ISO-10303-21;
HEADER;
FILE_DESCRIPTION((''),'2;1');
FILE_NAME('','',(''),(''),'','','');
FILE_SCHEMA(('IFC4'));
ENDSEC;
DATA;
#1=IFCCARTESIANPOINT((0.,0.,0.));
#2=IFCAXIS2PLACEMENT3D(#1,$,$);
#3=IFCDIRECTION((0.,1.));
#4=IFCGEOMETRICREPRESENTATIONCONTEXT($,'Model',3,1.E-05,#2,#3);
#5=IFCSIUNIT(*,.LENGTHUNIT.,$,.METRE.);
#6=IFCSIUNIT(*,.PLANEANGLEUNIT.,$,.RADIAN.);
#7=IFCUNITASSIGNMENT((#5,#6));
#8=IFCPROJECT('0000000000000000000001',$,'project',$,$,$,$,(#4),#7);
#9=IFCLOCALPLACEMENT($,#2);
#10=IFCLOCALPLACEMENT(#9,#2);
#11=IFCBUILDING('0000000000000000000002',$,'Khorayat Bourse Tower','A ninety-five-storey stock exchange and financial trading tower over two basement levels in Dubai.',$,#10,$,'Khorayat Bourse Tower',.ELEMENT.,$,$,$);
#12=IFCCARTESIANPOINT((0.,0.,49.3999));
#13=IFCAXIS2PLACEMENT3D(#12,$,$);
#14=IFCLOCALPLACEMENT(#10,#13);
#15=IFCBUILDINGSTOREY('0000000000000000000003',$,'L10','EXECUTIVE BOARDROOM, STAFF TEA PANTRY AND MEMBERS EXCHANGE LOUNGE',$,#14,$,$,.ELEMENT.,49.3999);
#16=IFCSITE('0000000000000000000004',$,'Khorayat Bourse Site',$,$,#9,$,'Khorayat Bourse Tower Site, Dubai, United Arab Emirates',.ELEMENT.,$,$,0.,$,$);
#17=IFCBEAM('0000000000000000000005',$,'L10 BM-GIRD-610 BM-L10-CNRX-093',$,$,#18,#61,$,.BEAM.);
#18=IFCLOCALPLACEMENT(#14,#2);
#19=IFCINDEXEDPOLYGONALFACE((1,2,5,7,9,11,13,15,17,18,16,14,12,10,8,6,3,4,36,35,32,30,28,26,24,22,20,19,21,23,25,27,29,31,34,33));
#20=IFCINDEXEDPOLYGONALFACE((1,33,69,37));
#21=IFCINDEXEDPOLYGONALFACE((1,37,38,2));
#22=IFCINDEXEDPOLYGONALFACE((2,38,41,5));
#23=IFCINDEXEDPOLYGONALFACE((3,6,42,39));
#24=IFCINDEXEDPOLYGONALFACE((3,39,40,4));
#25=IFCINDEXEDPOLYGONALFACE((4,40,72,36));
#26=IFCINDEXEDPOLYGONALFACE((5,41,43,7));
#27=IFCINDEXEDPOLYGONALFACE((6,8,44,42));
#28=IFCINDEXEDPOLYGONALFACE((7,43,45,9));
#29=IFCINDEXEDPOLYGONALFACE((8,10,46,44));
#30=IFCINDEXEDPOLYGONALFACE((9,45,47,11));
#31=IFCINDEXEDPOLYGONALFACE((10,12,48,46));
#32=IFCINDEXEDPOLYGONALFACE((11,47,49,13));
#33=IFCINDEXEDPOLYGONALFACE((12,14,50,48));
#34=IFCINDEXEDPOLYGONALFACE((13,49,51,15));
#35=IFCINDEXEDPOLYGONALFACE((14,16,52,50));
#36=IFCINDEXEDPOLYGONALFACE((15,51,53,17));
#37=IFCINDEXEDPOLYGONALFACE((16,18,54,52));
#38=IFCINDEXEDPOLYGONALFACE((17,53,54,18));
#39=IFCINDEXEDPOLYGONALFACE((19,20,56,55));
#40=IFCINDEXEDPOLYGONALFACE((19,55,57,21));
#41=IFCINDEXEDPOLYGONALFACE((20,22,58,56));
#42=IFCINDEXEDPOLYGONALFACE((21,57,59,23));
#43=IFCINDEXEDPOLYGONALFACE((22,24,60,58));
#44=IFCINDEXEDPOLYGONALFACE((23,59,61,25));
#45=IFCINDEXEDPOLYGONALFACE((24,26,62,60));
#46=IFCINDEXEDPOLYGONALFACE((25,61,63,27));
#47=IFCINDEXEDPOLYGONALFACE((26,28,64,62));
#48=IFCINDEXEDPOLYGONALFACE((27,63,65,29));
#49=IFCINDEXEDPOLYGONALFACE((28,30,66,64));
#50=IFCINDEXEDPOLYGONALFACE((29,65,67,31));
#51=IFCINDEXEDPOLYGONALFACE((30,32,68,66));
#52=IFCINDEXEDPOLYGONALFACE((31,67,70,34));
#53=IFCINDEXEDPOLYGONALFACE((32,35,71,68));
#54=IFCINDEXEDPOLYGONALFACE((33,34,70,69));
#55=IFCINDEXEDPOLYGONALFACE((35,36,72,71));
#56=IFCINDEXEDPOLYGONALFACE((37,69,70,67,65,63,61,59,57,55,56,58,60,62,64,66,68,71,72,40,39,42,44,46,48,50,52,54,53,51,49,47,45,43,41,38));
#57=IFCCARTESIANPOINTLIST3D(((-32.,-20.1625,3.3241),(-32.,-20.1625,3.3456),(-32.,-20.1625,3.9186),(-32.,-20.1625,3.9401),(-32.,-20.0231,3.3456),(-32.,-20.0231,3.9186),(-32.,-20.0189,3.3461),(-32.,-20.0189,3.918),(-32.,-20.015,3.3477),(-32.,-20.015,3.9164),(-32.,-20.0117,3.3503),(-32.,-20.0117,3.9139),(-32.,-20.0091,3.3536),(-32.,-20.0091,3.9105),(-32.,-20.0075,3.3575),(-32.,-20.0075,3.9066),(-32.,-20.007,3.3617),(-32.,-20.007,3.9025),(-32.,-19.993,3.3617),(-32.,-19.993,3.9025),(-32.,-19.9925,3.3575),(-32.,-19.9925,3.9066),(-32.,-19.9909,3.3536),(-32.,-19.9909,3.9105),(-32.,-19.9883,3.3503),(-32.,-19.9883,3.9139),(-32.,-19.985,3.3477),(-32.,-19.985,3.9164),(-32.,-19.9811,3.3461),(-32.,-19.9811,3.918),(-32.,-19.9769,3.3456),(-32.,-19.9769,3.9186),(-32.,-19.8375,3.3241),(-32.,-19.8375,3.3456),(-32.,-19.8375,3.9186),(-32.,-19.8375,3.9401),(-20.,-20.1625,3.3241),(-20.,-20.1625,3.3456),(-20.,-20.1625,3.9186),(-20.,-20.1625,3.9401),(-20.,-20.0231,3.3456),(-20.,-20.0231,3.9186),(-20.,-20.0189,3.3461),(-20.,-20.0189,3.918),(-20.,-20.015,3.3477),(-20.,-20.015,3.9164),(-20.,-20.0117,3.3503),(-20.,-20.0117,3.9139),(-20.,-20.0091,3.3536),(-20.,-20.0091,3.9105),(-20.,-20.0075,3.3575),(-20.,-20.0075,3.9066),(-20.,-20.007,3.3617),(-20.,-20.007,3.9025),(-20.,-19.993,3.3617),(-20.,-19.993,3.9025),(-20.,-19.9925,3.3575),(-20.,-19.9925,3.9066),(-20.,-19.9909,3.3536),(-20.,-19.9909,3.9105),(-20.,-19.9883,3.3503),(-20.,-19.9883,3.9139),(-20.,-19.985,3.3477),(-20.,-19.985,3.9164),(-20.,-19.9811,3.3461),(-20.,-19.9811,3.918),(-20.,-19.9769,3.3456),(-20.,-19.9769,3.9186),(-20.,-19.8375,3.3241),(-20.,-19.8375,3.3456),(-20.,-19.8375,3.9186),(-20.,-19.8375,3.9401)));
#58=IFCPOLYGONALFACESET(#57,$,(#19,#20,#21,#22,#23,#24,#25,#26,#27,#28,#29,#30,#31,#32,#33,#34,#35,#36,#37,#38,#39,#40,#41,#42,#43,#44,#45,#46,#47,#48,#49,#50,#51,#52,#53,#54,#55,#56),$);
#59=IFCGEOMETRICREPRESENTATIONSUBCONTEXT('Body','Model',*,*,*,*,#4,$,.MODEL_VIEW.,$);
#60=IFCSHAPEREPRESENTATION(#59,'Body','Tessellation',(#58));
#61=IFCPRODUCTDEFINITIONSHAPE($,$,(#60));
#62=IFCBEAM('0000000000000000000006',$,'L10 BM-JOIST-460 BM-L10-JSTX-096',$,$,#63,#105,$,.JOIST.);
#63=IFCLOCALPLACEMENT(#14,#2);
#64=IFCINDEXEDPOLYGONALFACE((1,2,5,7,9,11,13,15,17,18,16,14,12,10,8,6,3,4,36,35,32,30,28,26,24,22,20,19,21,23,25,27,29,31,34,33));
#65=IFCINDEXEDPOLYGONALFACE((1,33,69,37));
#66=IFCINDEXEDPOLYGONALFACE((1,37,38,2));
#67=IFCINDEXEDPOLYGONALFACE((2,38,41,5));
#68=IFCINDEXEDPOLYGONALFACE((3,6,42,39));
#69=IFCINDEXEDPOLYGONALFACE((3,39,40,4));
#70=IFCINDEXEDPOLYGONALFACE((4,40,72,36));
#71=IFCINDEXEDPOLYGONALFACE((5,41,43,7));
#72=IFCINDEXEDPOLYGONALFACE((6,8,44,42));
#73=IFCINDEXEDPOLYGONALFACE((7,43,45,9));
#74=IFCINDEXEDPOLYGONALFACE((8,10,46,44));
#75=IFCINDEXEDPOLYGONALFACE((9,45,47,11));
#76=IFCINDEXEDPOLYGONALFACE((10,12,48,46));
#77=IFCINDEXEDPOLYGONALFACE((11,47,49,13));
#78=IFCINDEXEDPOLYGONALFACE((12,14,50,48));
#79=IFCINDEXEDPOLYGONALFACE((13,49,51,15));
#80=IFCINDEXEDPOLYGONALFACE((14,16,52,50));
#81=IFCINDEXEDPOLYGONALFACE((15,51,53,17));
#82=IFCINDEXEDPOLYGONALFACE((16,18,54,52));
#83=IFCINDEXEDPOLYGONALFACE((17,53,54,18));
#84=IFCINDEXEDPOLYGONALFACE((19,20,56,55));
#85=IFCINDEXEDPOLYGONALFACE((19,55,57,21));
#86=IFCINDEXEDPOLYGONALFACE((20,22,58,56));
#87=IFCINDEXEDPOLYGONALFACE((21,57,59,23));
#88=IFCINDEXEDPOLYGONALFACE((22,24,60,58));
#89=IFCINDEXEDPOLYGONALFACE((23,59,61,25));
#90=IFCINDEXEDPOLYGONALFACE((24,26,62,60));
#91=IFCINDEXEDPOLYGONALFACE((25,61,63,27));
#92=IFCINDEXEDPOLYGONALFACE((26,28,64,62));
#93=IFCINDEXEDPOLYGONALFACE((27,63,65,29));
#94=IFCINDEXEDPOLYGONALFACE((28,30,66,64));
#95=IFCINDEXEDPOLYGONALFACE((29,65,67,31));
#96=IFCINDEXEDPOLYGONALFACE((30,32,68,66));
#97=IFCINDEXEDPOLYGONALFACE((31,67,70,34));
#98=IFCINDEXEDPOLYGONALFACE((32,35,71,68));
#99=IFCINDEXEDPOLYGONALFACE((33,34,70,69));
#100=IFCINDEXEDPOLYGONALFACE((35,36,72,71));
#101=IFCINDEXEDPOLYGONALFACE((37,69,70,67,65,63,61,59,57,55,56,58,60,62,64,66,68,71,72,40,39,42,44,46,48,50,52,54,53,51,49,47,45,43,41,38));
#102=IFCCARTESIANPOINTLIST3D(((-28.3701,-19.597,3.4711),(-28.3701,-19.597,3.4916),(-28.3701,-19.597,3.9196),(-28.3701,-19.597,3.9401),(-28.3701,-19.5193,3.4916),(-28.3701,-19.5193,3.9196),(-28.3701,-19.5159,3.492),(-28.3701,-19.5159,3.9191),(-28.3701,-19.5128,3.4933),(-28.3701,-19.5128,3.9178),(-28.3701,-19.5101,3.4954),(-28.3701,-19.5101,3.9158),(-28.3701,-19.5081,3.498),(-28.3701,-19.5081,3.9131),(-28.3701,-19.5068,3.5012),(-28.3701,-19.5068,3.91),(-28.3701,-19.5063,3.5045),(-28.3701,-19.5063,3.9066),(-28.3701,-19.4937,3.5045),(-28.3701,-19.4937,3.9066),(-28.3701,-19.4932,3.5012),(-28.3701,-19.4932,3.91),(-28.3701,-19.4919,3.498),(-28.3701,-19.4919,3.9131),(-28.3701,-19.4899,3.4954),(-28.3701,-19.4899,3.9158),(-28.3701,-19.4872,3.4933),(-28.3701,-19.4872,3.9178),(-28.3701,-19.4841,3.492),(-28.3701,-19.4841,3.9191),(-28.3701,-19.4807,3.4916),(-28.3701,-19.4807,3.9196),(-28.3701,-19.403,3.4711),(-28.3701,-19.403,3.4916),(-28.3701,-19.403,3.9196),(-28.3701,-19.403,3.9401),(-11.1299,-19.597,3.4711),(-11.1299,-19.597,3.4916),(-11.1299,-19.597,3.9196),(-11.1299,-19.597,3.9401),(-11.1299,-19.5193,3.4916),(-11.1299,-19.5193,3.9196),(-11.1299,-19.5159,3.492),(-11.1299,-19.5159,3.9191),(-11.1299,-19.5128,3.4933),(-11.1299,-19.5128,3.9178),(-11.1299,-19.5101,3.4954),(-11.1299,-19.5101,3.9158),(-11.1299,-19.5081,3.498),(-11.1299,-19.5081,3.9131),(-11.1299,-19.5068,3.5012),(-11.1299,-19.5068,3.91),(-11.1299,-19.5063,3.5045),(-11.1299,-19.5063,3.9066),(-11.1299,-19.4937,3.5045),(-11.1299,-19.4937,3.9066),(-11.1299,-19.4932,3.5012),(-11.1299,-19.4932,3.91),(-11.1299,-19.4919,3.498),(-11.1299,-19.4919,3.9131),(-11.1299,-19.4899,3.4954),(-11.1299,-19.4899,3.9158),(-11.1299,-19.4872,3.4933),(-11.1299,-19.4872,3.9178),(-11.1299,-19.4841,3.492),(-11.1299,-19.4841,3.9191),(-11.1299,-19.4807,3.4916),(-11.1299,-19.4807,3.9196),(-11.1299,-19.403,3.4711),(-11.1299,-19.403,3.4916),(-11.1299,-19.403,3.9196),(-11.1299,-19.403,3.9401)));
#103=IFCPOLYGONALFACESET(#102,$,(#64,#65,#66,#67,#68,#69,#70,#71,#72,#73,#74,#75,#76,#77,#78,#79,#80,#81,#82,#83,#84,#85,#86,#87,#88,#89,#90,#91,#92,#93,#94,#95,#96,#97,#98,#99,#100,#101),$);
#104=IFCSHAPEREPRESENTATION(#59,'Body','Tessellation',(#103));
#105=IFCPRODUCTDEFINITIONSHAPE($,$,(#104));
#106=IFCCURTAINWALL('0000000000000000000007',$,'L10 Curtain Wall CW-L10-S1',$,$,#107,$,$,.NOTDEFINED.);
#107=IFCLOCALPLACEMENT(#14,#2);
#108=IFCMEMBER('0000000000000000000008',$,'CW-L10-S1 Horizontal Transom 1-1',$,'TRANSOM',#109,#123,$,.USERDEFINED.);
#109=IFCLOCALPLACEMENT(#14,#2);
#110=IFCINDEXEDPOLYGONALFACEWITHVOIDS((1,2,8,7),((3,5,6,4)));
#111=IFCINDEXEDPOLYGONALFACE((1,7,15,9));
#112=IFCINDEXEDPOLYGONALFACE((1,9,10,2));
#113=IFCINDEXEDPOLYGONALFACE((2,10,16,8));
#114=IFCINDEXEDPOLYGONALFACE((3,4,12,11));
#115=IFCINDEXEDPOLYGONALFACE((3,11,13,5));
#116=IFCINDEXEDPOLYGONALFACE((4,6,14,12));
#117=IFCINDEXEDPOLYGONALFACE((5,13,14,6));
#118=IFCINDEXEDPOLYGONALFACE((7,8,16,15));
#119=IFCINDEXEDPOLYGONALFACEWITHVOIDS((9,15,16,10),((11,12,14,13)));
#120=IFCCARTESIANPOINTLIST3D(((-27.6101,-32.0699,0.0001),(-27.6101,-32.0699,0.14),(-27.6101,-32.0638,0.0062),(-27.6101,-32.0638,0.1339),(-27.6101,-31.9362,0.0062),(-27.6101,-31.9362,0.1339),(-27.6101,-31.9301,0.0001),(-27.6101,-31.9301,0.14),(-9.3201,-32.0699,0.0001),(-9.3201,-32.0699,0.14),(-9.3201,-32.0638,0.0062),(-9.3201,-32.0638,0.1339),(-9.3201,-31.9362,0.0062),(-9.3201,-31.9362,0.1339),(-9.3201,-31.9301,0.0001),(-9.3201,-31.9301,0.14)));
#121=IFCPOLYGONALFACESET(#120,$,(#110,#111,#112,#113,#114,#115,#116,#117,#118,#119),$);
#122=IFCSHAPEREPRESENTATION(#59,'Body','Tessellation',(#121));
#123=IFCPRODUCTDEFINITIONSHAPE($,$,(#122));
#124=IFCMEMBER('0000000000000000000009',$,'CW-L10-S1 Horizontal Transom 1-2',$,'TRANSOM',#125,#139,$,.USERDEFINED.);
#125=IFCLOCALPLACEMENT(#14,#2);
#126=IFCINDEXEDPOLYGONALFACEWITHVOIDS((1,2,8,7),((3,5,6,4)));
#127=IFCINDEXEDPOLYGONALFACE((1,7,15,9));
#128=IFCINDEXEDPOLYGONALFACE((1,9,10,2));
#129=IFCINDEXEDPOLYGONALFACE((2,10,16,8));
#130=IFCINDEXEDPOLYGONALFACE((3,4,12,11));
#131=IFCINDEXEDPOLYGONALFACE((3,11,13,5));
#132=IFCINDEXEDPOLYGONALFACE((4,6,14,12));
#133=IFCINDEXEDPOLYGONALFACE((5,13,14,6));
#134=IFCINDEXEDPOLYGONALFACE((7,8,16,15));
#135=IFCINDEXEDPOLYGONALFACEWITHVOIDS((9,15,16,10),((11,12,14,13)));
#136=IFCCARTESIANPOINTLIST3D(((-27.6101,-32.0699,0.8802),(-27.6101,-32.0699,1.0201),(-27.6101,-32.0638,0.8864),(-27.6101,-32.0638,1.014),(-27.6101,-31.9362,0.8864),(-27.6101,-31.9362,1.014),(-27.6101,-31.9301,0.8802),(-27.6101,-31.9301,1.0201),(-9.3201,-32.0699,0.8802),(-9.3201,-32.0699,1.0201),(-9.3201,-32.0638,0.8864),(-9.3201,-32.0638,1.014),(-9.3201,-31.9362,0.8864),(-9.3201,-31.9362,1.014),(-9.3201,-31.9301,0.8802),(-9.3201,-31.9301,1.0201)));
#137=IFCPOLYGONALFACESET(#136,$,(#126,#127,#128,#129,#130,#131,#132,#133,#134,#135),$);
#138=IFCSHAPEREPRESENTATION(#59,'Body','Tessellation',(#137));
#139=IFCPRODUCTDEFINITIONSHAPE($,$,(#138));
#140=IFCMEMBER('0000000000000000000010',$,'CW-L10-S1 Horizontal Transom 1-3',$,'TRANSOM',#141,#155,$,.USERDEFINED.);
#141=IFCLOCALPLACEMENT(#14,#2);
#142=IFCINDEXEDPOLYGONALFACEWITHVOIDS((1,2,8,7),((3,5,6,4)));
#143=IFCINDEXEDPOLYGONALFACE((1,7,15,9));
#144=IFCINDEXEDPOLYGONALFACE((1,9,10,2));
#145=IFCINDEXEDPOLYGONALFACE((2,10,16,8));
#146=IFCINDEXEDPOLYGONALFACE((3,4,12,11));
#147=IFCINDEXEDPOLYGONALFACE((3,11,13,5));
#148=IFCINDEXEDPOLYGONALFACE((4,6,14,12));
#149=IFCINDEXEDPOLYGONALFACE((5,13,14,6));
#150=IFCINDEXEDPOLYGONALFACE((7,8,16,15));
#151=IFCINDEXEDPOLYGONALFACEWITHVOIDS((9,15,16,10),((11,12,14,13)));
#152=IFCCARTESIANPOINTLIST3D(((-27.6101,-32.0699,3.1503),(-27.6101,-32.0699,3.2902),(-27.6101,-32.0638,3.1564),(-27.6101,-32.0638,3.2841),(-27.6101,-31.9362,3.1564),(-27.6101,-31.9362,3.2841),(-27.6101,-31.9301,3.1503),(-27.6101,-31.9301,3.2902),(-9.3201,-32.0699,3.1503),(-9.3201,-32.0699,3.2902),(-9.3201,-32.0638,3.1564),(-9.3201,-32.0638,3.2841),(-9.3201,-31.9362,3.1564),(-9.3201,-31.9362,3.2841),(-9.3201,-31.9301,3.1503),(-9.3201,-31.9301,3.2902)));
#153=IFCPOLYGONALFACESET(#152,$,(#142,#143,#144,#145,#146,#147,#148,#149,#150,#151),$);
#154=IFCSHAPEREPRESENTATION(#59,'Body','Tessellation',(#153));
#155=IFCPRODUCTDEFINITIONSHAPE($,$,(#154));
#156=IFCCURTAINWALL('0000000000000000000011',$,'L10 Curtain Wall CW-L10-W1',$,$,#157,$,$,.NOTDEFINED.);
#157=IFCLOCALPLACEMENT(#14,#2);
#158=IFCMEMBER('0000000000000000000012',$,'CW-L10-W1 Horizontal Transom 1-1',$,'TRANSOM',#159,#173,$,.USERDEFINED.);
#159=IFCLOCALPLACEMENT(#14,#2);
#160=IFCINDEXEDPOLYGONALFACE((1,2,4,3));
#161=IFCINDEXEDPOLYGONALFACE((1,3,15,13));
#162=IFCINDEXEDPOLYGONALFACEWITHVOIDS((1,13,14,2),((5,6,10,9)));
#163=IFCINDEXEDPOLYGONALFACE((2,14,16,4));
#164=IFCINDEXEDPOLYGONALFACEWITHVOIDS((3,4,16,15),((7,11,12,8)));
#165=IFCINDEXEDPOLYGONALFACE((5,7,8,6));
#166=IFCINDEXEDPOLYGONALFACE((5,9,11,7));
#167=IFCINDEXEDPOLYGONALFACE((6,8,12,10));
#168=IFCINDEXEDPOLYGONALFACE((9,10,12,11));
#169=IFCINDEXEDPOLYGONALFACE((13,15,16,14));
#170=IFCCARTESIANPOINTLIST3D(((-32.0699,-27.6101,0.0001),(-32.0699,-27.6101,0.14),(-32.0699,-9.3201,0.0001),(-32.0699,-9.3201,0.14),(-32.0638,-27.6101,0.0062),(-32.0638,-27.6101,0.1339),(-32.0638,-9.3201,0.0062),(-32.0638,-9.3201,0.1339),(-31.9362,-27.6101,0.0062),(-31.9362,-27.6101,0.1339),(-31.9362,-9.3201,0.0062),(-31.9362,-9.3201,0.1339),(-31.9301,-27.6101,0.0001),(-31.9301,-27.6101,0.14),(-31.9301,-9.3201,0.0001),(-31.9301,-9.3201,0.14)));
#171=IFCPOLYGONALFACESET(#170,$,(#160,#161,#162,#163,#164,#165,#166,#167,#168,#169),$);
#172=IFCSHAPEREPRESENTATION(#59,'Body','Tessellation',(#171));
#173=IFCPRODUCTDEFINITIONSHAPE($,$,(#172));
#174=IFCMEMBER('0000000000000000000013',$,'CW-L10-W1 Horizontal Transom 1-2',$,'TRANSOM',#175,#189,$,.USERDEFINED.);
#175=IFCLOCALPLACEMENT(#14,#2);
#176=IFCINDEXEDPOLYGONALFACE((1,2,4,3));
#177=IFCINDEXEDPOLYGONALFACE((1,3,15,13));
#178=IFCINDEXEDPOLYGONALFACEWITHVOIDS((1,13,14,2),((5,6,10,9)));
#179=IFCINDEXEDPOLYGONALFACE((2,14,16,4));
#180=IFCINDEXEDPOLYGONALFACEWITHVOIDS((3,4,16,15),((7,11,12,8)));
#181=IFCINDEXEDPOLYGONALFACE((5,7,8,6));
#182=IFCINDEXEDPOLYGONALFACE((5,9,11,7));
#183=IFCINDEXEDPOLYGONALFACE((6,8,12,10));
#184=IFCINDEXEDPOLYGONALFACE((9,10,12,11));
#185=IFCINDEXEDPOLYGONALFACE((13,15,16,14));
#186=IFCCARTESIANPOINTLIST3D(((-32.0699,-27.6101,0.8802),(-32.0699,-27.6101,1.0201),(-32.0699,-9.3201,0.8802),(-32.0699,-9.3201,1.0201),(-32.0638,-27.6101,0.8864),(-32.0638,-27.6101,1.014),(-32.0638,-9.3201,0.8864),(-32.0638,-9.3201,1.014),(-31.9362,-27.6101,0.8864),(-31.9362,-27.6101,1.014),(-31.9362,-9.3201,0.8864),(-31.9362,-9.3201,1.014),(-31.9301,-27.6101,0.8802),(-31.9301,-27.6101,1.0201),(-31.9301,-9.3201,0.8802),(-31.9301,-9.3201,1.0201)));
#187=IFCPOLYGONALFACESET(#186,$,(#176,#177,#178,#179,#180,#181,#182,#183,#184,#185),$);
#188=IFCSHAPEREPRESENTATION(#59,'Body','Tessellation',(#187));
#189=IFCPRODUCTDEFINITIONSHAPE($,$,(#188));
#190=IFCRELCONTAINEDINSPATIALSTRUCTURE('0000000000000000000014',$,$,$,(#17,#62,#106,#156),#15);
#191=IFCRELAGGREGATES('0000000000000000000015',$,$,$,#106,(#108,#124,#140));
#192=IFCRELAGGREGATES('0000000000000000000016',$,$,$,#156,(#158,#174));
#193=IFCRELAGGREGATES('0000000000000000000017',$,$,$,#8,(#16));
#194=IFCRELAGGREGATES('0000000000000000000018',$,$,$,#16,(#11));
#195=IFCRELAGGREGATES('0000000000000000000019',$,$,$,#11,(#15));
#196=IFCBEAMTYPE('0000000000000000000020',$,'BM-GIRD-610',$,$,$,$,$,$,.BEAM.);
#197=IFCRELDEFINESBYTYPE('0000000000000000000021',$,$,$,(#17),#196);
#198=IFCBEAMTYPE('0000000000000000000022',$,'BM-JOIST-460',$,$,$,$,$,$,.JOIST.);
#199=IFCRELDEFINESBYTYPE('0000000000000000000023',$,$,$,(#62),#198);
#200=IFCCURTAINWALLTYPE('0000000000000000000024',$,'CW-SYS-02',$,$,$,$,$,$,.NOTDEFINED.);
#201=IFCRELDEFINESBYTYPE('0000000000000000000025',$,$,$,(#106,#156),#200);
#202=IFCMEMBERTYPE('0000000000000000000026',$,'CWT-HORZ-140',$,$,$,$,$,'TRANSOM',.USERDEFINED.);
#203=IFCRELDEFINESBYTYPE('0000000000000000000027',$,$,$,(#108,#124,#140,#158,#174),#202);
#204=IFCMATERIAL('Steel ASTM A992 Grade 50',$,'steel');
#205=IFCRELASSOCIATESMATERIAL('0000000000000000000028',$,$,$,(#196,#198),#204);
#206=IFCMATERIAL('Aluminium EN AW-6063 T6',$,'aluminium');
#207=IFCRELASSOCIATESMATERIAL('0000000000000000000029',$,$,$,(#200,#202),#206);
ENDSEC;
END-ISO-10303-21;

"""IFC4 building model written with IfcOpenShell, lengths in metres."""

from ifc_helpers import new_model, si_unit, direction, frame, origin, origin_2d, place, context, subcontext, project, spatial, hollow_rectangle, i_section, extrude, source, transform, mapped, material, material_profile, profile_set, type_object, element, aggregate, save


model = new_model("IFC4")

# Units and contexts
model_context = context("Model", 3, precision=1e-05, world=origin(), true_north=direction((0.0, 1.0)))
body_context = subcontext(model_context, "Body", "Model", "MODEL_VIEW")
ifc_project = project(units=[si_unit("LENGTHUNIT", "METRE"), si_unit("PLANEANGLEUNIT", "RADIAN")], contexts=[model_context])

# Site, building, storey
site_placement = place(None, origin())
site = spatial("IfcSite", under=ifc_project, at=site_placement, Name="Khorayat Bourse Site", LongName="Khorayat Bourse Tower Site, Dubai, United Arab Emirates", CompositionType="ELEMENT", RefElevation=0.0)
building_placement = place(site_placement, origin())
building = spatial("IfcBuilding", under=site, at=building_placement, Name="Khorayat Bourse Tower", Description="A ninety-five-storey stock exchange and financial trading tower over two basement levels in Dubai.", LongName="Khorayat Bourse Tower", CompositionType="ELEMENT")
storey_placement = place(building_placement, frame((0.0, 0.0, 49.3999)))
storey = spatial("IfcBuildingStorey", under=building, at=storey_placement, Name="L10", Description="EXECUTIVE BOARDROOM, STAFF TEA PANTRY AND MEMBERS EXCHANGE LOUNGE", CompositionType="ELEMENT", Elevation=49.3999)

# Beams
ifc_material_1 = material(Name="Steel ASTM A992 Grade 50", Category="steel")
ifc_material_profile_1 = material_profile(ifc_material_1, i_section(OverallWidth=0.325, OverallDepth=0.616, WebThickness=0.0139, FlangeThickness=0.0215, FilletRadius=0.0161, at=origin_2d()), Name="W610X174")
ifc_profile_set_1 = profile_set([ifc_material_profile_1], Name="Steel ASTM A992 Grade 50")
beam_type_1 = type_object("IfcBeamType", Name="BM-GIRD-610", PredefinedType="BEAM", material=ifc_profile_set_1)
shared_shape_1 = source(origin(), body_context, "Body", "SweptSolid", [
    extrude(i_section(OverallWidth=0.325, OverallDepth=0.616, WebThickness=0.0139, FlangeThickness=0.0215, FilletRadius=0.0161, at=origin_2d()), origin(), (0.0, 0.0, 1.0), 12.0),
])
beam_1_placement = place(storey_placement, frame((-32.0, -20.0, 3.6321), z_axis=(1.0, 0.0, 0.0), x_axis=(0.0, 1.0, 0.0)))
element("IfcBeam", 1, at=beam_1_placement, inside=storey, type_object=beam_type_1, Name="L10 BM-GIRD-610 BM-L10-CNRX-093", PredefinedType="BEAM", context=body_context, shape_type="MappedRepresentation", body=[
    mapped(shared_shape_1, transform((0.0, 0.0, 0.0), scale=1.0)),
])
ifc_material_profile_2 = material_profile(ifc_material_1, i_section(OverallWidth=0.1941, OverallDepth=0.469, WebThickness=0.0127, FlangeThickness=0.0205, FilletRadius=0.0129, at=origin_2d()), Name="W460X106")
ifc_profile_set_2 = profile_set([ifc_material_profile_2], Name="Steel ASTM A992 Grade 50")
beam_type_2 = type_object("IfcBeamType", Name="BM-JOIST-460", PredefinedType="JOIST", material=ifc_profile_set_2)
shared_shape_2 = source(origin(), body_context, "Body", "SweptSolid", [
    extrude(i_section(OverallWidth=0.1941, OverallDepth=0.469, WebThickness=0.0127, FlangeThickness=0.0205, FilletRadius=0.0129, at=origin_2d()), origin(), (0.0, 0.0, 1.0), 17.2402),
])
beam_2_placement = place(storey_placement, frame((-28.3701, -19.5, 3.7056), z_axis=(1.0, 0.0, 0.0), x_axis=(0.0, 1.0, 0.0)))
element("IfcBeam", 2, at=beam_2_placement, inside=storey, type_object=beam_type_2, Name="L10 BM-JOIST-460 BM-L10-JSTX-096", PredefinedType="JOIST", context=body_context, shape_type="MappedRepresentation", body=[
    mapped(shared_shape_2, transform((0.0, 0.0, 0.0), scale=1.0)),
])

# Curtain walls, members
ifc_material_2 = material(Name="Aluminium EN AW-6063 T6", Category="aluminium")
curtain_wall_type = type_object("IfcCurtainWallType", Name="CW-SYS-02", PredefinedType="NOTDEFINED", material=ifc_material_2)
curtain_wall_1_placement = place(storey_placement, origin())
curtain_wall_1 = element("IfcCurtainWall", 3, at=curtain_wall_1_placement, inside=storey, type_object=curtain_wall_type, Name="L10 Curtain Wall CW-L10-S1", PredefinedType="NOTDEFINED")
ifc_material_profile_3 = material_profile(ifc_material_2, hollow_rectangle(XDim=0.1399, YDim=0.1399, WallThickness=0.0061, at=origin_2d()), Name="ALU 140x140x6")
ifc_profile_set_3 = profile_set([ifc_material_profile_3], Name="Aluminium EN AW-6063 T6")
member_type_1 = type_object("IfcMemberType", Name="CWT-HORZ-140", ElementType="TRANSOM", PredefinedType="USERDEFINED", material=ifc_profile_set_3)
shared_shape_3 = source(origin(), body_context, "Body", "SweptSolid", [
    extrude(hollow_rectangle(XDim=0.1399, YDim=0.1399, WallThickness=0.0061, at=origin_2d()), origin(), (0.0, 0.0, 1.0), 18.29),
])
member_1_placement = place(storey_placement, frame((-27.6101, -32.0, 0.0701), z_axis=(1.0, 0.0, 0.0), x_axis=(0.0, 1.0, 0.0)))
member_1 = element("IfcMember", 4, at=member_1_placement, type_object=member_type_1, Name="CW-L10-S1 Horizontal Transom 1-1", ObjectType="TRANSOM", PredefinedType="USERDEFINED", context=body_context, shape_type="MappedRepresentation", body=[
    mapped(shared_shape_3, transform((0.0, 0.0, 0.0), scale=1.0)),
])
member_2_placement = place(storey_placement, frame((-27.6101, -32.0, 0.9502), z_axis=(1.0, 0.0, 0.0), x_axis=(0.0, 1.0, 0.0)))
member_2 = element("IfcMember", 5, at=member_2_placement, type_object=member_type_1, Name="CW-L10-S1 Horizontal Transom 1-2", ObjectType="TRANSOM", PredefinedType="USERDEFINED", context=body_context, shape_type="MappedRepresentation", body=[
    mapped(shared_shape_3, transform((0.0, 0.0, 0.0), scale=1.0)),
])
member_3_placement = place(storey_placement, frame((-27.6101, -32.0, 3.2202), z_axis=(1.0, 0.0, 0.0), x_axis=(0.0, 1.0, 0.0)))
member_3 = element("IfcMember", 6, at=member_3_placement, type_object=member_type_1, Name="CW-L10-S1 Horizontal Transom 1-3", ObjectType="TRANSOM", PredefinedType="USERDEFINED", context=body_context, shape_type="MappedRepresentation", body=[
    mapped(shared_shape_3, transform((0.0, 0.0, 0.0), scale=1.0)),
])
curtain_wall_2_placement = place(storey_placement, origin())
curtain_wall_2 = element("IfcCurtainWall", 7, at=curtain_wall_2_placement, inside=storey, type_object=curtain_wall_type, Name="L10 Curtain Wall CW-L10-W1", PredefinedType="NOTDEFINED")
member_4_placement = place(storey_placement, frame((-32.0, -27.6101, 0.0701), z_axis=(0.0, 1.0, 0.0), x_axis=(-1.0, 0.0, 0.0)))
member_4 = element("IfcMember", 8, at=member_4_placement, type_object=member_type_1, Name="CW-L10-W1 Horizontal Transom 1-1", ObjectType="TRANSOM", PredefinedType="USERDEFINED", context=body_context, shape_type="MappedRepresentation", body=[
    mapped(shared_shape_3, transform((0.0, 0.0, 0.0), scale=1.0)),
])
member_5_placement = place(storey_placement, frame((-32.0, -27.6101, 0.9502), z_axis=(0.0, 1.0, 0.0), x_axis=(-1.0, 0.0, 0.0)))
member_5 = element("IfcMember", 9, at=member_5_placement, type_object=member_type_1, Name="CW-L10-W1 Horizontal Transom 1-2", ObjectType="TRANSOM", PredefinedType="USERDEFINED", context=body_context, shape_type="MappedRepresentation", body=[
    mapped(shared_shape_3, transform((0.0, 0.0, 0.0), scale=1.0)),
])

aggregate(curtain_wall_1, [member_1, member_2, member_3])
aggregate(curtain_wall_2, [member_4, member_5])

save(model, "model.ifc")
